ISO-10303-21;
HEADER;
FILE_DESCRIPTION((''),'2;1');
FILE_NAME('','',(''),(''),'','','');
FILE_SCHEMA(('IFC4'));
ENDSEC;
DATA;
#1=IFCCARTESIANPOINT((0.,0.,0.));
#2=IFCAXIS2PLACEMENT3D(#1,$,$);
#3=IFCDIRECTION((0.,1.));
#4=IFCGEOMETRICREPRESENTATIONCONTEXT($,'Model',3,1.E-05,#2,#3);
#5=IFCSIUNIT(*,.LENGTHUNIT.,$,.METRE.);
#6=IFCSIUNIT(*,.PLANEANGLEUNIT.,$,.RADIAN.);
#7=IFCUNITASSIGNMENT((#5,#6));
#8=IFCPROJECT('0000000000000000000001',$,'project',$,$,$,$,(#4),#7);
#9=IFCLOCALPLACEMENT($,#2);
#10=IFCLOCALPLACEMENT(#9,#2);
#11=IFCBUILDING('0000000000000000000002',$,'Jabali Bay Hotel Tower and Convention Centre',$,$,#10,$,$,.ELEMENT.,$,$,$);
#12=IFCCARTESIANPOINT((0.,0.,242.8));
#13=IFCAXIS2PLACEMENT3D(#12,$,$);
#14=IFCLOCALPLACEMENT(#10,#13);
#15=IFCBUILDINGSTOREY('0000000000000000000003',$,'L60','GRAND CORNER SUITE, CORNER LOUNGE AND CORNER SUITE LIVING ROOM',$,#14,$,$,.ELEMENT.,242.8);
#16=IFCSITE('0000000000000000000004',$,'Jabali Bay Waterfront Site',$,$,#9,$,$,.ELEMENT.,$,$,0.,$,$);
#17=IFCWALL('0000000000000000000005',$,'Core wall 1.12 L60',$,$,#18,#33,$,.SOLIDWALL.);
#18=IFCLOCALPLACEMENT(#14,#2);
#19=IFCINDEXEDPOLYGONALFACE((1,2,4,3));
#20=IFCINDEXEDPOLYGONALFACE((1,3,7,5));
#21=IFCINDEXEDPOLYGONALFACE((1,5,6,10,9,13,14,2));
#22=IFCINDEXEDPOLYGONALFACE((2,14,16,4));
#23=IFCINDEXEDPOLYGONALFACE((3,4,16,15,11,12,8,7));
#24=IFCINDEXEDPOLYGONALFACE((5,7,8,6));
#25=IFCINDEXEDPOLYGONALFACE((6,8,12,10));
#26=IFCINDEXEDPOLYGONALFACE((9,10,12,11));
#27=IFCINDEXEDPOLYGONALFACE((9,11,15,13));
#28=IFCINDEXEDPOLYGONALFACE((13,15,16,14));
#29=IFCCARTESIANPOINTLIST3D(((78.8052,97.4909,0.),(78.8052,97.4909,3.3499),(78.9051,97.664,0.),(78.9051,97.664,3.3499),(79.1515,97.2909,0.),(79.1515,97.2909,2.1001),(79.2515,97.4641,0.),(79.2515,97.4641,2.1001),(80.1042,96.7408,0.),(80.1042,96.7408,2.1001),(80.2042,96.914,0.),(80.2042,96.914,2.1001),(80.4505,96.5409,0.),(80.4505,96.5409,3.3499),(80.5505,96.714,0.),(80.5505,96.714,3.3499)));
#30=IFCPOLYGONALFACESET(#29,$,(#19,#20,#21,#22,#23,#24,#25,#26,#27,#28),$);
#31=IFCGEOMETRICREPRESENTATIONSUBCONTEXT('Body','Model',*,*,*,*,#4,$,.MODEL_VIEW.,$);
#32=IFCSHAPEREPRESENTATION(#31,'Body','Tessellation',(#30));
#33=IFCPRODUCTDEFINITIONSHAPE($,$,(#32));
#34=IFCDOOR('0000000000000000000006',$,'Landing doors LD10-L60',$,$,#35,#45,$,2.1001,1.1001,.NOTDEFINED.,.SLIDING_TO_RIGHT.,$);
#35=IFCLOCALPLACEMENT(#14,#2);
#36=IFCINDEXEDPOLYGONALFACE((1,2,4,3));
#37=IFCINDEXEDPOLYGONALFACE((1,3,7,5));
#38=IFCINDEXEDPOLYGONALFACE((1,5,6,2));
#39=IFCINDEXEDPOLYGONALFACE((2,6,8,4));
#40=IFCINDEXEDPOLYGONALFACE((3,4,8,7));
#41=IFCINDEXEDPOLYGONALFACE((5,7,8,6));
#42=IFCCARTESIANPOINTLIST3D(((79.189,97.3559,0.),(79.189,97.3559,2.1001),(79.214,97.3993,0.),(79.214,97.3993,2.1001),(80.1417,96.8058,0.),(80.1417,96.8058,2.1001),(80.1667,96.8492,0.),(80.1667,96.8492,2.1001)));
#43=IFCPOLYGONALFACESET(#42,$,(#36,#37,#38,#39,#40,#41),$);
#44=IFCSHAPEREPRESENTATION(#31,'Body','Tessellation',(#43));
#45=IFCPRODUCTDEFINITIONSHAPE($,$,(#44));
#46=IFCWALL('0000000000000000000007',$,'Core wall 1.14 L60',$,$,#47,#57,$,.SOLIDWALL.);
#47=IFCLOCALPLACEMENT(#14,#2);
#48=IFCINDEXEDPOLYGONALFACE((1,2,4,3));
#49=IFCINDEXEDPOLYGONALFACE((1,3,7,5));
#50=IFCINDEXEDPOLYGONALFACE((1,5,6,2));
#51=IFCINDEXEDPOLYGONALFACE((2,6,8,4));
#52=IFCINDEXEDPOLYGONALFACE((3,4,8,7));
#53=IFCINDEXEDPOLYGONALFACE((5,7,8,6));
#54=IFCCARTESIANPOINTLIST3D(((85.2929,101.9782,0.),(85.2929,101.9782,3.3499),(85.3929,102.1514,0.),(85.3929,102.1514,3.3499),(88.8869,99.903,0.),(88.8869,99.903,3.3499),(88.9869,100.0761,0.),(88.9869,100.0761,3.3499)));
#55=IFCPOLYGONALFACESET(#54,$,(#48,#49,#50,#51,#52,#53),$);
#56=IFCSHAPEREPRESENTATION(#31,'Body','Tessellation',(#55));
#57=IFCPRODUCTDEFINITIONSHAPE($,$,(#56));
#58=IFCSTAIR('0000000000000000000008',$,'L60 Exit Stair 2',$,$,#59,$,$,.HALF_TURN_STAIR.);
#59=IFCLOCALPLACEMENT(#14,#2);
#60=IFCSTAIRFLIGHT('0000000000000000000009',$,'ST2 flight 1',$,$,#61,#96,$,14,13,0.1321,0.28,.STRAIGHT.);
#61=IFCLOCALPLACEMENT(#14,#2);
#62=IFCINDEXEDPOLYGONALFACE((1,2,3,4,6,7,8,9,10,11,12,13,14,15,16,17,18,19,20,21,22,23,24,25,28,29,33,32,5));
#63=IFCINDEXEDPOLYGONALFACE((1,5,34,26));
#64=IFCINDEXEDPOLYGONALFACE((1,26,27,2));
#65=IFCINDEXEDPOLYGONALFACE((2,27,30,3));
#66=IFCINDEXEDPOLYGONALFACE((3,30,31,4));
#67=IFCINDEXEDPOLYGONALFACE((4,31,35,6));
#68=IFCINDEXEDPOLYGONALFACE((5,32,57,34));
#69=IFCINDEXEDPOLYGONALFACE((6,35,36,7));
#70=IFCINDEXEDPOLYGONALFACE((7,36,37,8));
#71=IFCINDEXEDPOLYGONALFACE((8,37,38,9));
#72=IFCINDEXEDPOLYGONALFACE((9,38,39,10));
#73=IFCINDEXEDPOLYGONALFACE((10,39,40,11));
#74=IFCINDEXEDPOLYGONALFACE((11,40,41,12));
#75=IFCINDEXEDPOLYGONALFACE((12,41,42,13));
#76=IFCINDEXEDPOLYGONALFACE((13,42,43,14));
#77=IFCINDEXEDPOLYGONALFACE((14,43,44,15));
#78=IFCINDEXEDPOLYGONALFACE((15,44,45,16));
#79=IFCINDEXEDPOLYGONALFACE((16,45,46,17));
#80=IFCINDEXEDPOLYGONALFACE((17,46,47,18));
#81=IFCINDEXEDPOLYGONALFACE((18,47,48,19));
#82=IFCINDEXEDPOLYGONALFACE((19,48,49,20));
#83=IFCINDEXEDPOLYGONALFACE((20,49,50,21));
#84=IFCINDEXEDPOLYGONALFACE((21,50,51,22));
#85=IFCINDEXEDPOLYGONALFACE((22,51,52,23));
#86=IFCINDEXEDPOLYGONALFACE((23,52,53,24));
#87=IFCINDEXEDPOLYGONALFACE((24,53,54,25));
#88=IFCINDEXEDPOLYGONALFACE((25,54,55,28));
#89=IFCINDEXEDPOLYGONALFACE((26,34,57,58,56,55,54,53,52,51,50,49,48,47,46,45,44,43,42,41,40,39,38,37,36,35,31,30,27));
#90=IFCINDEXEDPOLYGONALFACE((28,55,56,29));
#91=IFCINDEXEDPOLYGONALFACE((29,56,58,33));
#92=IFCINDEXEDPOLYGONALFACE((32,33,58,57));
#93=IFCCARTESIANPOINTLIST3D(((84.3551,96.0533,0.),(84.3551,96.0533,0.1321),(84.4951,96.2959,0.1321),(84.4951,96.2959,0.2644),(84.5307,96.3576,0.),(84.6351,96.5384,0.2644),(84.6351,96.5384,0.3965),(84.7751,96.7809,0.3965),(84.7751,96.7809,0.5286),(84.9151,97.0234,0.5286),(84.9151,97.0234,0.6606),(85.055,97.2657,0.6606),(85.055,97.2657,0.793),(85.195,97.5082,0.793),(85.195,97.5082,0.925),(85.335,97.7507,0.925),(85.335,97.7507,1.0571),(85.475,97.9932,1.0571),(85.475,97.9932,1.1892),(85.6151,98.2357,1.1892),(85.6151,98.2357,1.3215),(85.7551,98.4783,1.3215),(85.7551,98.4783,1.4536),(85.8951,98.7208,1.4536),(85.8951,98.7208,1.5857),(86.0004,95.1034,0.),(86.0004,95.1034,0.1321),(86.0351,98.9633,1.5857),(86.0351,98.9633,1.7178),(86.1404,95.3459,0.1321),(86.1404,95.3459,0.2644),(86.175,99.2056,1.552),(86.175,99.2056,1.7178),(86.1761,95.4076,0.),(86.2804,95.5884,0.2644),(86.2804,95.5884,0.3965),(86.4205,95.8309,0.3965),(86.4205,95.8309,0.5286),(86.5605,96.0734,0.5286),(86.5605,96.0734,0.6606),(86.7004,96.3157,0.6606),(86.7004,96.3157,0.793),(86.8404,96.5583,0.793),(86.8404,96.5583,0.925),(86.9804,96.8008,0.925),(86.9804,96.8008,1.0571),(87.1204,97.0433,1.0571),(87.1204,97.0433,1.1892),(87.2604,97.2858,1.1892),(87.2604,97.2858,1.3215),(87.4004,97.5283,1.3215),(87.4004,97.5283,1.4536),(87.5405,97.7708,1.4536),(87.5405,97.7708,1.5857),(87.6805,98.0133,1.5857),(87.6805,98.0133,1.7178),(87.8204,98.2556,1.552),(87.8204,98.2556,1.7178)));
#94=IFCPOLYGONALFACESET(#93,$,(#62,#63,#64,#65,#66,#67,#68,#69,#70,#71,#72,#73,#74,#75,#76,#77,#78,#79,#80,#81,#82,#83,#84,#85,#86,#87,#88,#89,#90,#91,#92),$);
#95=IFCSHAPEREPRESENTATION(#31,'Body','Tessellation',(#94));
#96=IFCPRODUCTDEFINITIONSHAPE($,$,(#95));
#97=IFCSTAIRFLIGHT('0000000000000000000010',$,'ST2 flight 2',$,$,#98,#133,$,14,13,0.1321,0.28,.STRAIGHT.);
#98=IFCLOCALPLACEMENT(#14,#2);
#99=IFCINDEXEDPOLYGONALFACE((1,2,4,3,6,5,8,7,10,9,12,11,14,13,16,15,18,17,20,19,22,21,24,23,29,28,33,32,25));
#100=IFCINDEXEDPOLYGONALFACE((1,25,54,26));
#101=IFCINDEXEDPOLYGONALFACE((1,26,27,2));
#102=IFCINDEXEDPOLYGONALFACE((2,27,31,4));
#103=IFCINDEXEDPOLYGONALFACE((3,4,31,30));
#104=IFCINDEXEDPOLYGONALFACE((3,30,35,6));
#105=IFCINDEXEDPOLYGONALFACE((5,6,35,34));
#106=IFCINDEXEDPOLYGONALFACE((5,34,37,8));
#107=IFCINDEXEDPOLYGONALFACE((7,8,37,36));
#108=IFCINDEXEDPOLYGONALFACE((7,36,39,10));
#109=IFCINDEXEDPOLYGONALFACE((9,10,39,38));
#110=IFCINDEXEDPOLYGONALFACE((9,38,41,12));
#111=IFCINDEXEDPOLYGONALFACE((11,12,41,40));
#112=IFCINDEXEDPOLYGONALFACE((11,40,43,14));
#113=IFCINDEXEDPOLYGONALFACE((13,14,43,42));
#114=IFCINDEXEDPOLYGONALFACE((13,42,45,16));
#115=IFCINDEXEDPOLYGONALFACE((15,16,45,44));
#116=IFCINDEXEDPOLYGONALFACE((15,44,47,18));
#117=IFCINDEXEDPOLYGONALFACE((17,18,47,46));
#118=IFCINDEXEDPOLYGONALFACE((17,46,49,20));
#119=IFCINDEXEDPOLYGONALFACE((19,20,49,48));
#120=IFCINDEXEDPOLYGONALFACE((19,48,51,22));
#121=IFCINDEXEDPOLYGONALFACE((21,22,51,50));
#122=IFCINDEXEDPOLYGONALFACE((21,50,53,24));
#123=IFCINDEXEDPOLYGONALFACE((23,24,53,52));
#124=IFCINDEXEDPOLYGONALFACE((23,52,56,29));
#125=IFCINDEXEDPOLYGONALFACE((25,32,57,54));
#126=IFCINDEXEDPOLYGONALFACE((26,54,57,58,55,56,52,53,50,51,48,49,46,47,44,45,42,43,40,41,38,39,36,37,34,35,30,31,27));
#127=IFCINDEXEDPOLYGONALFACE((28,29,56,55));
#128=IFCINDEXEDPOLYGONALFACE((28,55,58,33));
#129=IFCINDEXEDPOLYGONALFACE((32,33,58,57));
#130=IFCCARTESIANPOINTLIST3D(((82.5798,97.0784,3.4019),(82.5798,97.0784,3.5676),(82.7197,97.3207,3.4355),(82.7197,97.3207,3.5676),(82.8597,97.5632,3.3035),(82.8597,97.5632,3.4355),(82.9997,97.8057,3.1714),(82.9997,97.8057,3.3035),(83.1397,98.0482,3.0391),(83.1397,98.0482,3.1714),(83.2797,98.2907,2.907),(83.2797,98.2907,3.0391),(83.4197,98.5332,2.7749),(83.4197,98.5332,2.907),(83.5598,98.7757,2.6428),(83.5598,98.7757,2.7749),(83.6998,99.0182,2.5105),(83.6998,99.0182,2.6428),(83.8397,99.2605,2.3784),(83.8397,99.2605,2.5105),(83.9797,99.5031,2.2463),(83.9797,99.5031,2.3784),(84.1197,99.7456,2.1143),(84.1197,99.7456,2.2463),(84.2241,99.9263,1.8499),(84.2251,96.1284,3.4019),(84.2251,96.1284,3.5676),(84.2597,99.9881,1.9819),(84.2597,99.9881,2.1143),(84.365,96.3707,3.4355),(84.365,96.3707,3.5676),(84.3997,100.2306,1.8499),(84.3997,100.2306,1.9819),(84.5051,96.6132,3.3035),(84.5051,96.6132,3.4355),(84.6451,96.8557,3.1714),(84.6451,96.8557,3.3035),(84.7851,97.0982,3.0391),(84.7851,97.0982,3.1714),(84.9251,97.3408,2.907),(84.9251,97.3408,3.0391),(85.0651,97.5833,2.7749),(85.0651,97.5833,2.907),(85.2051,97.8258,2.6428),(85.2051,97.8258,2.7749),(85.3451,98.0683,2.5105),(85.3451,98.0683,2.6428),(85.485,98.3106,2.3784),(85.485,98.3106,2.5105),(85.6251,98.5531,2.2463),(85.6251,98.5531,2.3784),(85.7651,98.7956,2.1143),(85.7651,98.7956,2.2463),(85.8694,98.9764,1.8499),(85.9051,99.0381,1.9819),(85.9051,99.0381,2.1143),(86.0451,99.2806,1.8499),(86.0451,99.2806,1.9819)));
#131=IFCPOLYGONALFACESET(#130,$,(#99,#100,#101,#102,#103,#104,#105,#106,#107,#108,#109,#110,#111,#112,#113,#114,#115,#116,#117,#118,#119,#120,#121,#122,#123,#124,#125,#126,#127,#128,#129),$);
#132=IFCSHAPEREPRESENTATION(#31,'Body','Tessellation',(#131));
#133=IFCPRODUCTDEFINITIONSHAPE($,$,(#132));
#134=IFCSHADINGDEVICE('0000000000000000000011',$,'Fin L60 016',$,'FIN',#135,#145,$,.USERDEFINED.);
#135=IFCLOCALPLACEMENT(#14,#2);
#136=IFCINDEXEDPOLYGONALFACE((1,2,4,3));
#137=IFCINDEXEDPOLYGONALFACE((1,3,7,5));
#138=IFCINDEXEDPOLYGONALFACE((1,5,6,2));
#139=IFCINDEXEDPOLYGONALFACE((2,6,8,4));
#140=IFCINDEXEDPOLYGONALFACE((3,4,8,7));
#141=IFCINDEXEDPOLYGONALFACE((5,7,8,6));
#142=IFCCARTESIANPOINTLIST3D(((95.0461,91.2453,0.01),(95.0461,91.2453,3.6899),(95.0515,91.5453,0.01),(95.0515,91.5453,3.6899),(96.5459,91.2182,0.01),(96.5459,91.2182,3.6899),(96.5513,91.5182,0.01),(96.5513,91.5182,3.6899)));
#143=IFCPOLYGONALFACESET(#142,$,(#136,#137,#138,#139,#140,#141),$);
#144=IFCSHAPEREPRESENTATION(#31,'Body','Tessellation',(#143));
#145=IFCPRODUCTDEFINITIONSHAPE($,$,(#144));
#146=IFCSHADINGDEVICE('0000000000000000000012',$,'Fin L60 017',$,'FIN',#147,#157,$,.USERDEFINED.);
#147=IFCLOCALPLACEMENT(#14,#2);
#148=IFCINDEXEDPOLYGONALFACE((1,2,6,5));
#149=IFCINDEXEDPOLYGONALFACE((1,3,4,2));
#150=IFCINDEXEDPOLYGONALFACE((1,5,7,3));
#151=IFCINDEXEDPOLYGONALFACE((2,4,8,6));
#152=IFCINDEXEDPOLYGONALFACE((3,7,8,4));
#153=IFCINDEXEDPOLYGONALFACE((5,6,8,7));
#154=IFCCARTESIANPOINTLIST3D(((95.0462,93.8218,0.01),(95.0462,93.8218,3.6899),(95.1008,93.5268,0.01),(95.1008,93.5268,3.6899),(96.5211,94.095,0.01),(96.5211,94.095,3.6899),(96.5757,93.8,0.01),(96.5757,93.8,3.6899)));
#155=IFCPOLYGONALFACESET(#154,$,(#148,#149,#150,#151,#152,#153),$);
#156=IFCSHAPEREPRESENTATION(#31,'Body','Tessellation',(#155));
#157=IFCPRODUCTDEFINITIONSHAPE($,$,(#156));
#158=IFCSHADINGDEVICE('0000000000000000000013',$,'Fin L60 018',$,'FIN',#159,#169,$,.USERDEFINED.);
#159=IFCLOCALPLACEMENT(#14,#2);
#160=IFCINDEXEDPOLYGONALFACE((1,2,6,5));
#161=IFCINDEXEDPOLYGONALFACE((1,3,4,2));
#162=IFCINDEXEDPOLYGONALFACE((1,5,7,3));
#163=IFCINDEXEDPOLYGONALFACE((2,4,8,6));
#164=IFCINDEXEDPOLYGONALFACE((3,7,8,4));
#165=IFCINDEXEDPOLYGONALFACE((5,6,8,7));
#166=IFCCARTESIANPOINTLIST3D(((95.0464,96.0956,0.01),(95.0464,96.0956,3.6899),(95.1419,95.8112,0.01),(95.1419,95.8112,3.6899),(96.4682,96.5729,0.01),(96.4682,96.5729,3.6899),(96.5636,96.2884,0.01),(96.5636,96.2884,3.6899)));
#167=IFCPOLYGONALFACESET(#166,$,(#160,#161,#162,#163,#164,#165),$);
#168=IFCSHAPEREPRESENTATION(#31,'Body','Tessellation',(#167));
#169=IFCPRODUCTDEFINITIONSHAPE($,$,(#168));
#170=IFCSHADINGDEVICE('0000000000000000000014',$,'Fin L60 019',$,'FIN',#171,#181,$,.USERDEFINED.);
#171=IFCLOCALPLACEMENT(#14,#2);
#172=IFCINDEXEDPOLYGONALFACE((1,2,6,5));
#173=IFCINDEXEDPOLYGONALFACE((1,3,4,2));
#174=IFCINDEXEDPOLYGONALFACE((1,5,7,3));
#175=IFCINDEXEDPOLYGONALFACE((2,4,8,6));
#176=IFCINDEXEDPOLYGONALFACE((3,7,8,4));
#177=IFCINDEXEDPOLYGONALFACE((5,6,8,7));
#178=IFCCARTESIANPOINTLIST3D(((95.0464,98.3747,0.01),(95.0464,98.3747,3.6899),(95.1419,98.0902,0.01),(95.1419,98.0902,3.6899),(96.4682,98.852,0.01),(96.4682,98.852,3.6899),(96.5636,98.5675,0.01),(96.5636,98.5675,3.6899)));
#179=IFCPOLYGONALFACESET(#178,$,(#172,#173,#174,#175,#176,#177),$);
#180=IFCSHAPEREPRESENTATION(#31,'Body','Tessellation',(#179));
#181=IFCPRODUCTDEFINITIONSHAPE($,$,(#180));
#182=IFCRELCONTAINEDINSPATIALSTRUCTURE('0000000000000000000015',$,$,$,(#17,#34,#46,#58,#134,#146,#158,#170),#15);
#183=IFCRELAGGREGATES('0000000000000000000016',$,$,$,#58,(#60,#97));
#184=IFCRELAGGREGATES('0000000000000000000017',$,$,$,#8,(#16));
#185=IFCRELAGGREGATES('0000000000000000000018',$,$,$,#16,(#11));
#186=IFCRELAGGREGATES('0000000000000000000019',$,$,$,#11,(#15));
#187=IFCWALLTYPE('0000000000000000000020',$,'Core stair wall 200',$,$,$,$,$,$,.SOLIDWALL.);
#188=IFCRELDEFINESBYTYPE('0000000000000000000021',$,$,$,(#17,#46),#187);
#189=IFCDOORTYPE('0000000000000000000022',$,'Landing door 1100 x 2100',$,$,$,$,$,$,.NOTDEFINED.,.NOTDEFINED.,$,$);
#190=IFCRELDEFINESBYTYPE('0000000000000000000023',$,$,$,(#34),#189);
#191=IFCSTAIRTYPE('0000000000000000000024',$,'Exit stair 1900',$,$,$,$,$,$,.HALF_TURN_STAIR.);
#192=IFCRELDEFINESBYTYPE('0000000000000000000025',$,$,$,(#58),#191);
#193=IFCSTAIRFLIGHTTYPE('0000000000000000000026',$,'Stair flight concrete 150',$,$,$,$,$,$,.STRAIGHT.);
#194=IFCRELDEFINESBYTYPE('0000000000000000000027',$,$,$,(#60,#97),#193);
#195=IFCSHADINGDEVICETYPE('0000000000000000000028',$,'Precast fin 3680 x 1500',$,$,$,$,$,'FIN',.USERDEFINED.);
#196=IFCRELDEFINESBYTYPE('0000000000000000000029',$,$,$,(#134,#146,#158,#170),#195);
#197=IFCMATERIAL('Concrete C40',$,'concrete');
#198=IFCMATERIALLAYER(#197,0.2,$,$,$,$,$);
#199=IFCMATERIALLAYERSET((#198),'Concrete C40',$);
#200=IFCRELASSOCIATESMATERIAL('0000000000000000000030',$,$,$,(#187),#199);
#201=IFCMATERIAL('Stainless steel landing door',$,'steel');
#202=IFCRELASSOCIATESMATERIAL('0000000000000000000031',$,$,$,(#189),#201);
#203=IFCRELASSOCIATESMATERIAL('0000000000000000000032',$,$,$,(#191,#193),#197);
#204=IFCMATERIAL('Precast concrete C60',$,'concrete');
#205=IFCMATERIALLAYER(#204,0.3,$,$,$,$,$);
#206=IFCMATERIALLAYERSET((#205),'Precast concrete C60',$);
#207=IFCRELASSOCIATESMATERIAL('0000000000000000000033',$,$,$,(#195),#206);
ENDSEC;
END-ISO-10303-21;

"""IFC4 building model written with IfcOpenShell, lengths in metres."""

from ifc_helpers import new_model, si_unit, direction, frame, frame_2d, origin, place, context, subcontext, project, spatial, polyline, rectangle, outline, extrude, material, layer, layer_set, type_object, element, fill, aggregate, save


model = new_model("IFC4")

# Units and contexts
model_context = context("Model", 3, precision=1e-05, world=origin(), true_north=direction((0.0, 1.0)))
body_context = subcontext(model_context, "Body", "Model", "MODEL_VIEW")
ifc_project = project(units=[si_unit("LENGTHUNIT", "METRE"), si_unit("PLANEANGLEUNIT", "RADIAN")], contexts=[model_context])

# Site, building, storey
site_placement = place(None, origin())
site = spatial("IfcSite", under=ifc_project, at=site_placement, Name="Jabali Bay Waterfront Site", CompositionType="ELEMENT", RefElevation=0.0)
building_placement = place(site_placement, origin())
building = spatial("IfcBuilding", under=site, at=building_placement, Name="Jabali Bay Hotel Tower and Convention Centre", CompositionType="ELEMENT")
storey_placement = place(building_placement, frame((0.0, 0.0, 242.8)))
storey = spatial("IfcBuildingStorey", under=building, at=storey_placement, Name="L60", Description="GRAND CORNER SUITE, CORNER LOUNGE AND CORNER SUITE LIVING ROOM", CompositionType="ELEMENT", Elevation=242.8)

# Shared definitions
ifc_material_1 = material(Name="Concrete C40", Category="concrete")
ifc_layer_1 = layer(ifc_material_1, 0.2)
ifc_layer_set_1 = layer_set([ifc_layer_1], Name="Concrete C40")
wall_type_1 = type_object("IfcWallType", Name="Core stair wall 200", PredefinedType="SOLIDWALL", material=ifc_layer_set_1)

# Wall, opening, door
wall_1_placement = place(storey_placement, frame((80.5005, 96.6274, 0.0), z_axis=(0.0, 0.0, 1.0), x_axis=(-0.866012, 0.500023, 0.0)))
wall_1 = element("IfcWall", 1, at=wall_1_placement, inside=storey, type_object=wall_type_1, Name="Core wall 1.12 L60", PredefinedType="SOLIDWALL", context=body_context, shape_type="SweptSolid", body=[
    extrude(rectangle(XDim=1.8999, YDim=0.2, at=frame_2d((0.95, 0.0))), origin(), (0.0, 0.0, 1.0), 3.3499),
])
opening_1_placement = place(wall_1_placement, frame((0.3999, 0.0, 0.0)))
opening_1 = element("IfcOpeningElement", 2, at=opening_1_placement, cuts=wall_1, PredefinedType="OPENING", context=body_context, shape_type="SweptSolid", body=[
    extrude(rectangle(XDim=1.1001, YDim=2.1001, at=frame_2d((0.55, 1.05))), frame((0.0, 0.1104, 0.0), z_axis=(0.0, -1.0, 0.0), x_axis=(1.0, 0.0, 0.0)), (0.0, 0.0, 1.0), 0.2209),
])
ifc_material_2 = material(Name="Stainless steel landing door", Category="steel")
door_type_1 = type_object("IfcDoorType", Name="Landing door 1100 x 2100", OperationType="NOTDEFINED", PredefinedType="NOTDEFINED", material=ifc_material_2)
door_1_placement = place(opening_1_placement, origin())
door_1 = element("IfcDoor", 3, at=door_1_placement, inside=storey, type_object=door_type_1, Name="Landing doors LD10-L60", OperationType="SLIDING_TO_RIGHT", OverallHeight=2.1001, OverallWidth=1.1001, PredefinedType="NOTDEFINED", context=body_context, shape_type="SweptSolid", body=[
    extrude(rectangle(XDim=1.1001, YDim=2.1001, at=frame_2d((0.55, 1.05))), frame((0.0, 0.0249, 0.0), z_axis=(0.0, -1.0, 0.0), x_axis=(1.0, 0.0, 0.0)), (0.0, 0.0, 1.0), 0.05),
])
fill(opening_1, door_1)

# Wall
wall_2_placement = place(storey_placement, frame((88.937, 99.9895, 0.0), z_axis=(0.0, 0.0, 1.0), x_axis=(-0.866004, 0.500036, 0.0)))
element("IfcWall", 4, at=wall_2_placement, inside=storey, type_object=wall_type_1, Name="Core wall 1.14 L60", PredefinedType="SOLIDWALL", context=body_context, shape_type="SweptSolid", body=[
    extrude(rectangle(XDim=4.1501, YDim=0.2, at=frame_2d((2.0752, 0.0))), origin(), (0.0, 0.0, 1.0), 3.3499),
])

# Stair, stair flights
stair_type = type_object("IfcStairType", Name="Exit stair 1900", PredefinedType="HALF_TURN_STAIR", material=ifc_material_1)
stair_placement = place(storey_placement, origin())
stair = element("IfcStair", 5, at=stair_placement, inside=storey, type_object=stair_type, Name="L60 Exit Stair 2", PredefinedType="HALF_TURN_STAIR")
stair_flight_type = type_object("IfcStairFlightType", Name="Stair flight concrete 150", PredefinedType="STRAIGHT", material=ifc_material_1)
stair_flight_1_placement = place(storey_placement, frame((85.1777, 95.5784, 0.0), z_axis=(0.0, 0.0, 1.0), x_axis=(0.5, 0.866025, 0.0)))
stair_flight_1 = element("IfcStairFlight", 6, at=stair_flight_1_placement, type_object=stair_flight_type, Name="ST2 flight 1", NumberOfRisers=14, NumberOfTreads=13, PredefinedType="STRAIGHT", RiserHeight=0.1321, TreadLength=0.28, context=body_context, shape_type="SweptSolid", body=[
    extrude(outline(polyline([(0.0, 0.0), (0.0, 0.1321), (0.28, 0.1321), (0.28, 0.2644), (0.5601, 0.2644), (0.5601, 0.3965), (0.8401, 0.3965), (0.8401, 0.5286), (1.1201, 0.5286), (1.1201, 0.6606), (1.3999, 0.6606), (1.3999, 0.793), (1.6799, 0.793), (1.6799, 0.925), (1.96, 0.925), (1.96, 1.0571), (2.24, 1.0571), (2.24, 1.1892), (2.52, 1.1892), (2.52, 1.3215), (2.8, 1.3215), (2.8, 1.4536), (3.0801, 1.4536), (3.0801, 1.5857), (3.3601, 1.5857), (3.3601, 1.7178), (3.6399, 1.7178), (3.6399, 1.8501), (3.6399, 1.552), (0.3513, 0.0), (0.0, 0.0)])), frame((0.0, 0.95, 0.0), z_axis=(0.0, -1.0, 0.0), x_axis=(1.0, 0.0, 0.0)), (0.0, 0.0, 1.0), 1.8999),
])
stair_flight_2_placement = place(storey_placement, frame((85.2224, 99.7556, 1.8499), z_axis=(0.0, 0.0, 1.0), x_axis=(-0.5, -0.866025, 0.0)))
stair_flight_2 = element("IfcStairFlight", 7, at=stair_flight_2_placement, type_object=stair_flight_type, Name="ST2 flight 2", NumberOfRisers=14, NumberOfTreads=13, PredefinedType="STRAIGHT", RiserHeight=0.1321, TreadLength=0.28, context=body_context, shape_type="SweptSolid", body=[
    extrude(outline(polyline([(0.0, 0.0), (0.0, 0.1321), (0.28, 0.1321), (0.28, 0.2644), (0.5601, 0.2644), (0.5601, 0.3965), (0.8401, 0.3965), (0.8401, 0.5286), (1.1201, 0.5286), (1.1201, 0.6606), (1.3999, 0.6606), (1.3999, 0.793), (1.6799, 0.793), (1.6799, 0.925), (1.96, 0.925), (1.96, 1.0571), (2.24, 1.0571), (2.24, 1.1892), (2.52, 1.1892), (2.52, 1.3215), (2.8, 1.3215), (2.8, 1.4536), (3.0801, 1.4536), (3.0801, 1.5857), (3.3601, 1.5857), (3.3601, 1.7178), (3.6399, 1.7178), (3.6399, 1.8501), (3.6399, 1.552), (0.3513, 0.0), (0.0, 0.0)])), frame((0.0, 0.95, 0.0), z_axis=(0.0, -1.0, 0.0), x_axis=(1.0, 0.0, 0.0)), (0.0, 0.0, 1.0), 1.8999),
])
aggregate(stair, [stair_flight_1, stair_flight_2])

# Shading devices
ifc_material_3 = material(Name="Precast concrete C60", Category="concrete")
ifc_layer_2 = layer(ifc_material_3, 0.3)
ifc_layer_set_2 = layer_set([ifc_layer_2], Name="Precast concrete C60")
shading_device_type = type_object("IfcShadingDeviceType", Name="Precast fin 3680 x 1500", ElementType="FIN", PredefinedType="USERDEFINED", material=ifc_layer_set_2)
for number, where, z_axis, x_axis, name in (
    (8, (95.0488, 91.3953, 0.01), (0.0, 0.0, 1.0), (0.999837, -0.018066, 0.0), "Fin L60 016"),
    (9, (95.0735, 93.6743, 0.01), (0.0, 0.0, 1.0), (0.983273, 0.182136, 0.0), "Fin L60 017"),
):
    element("IfcShadingDevice", number, at=place(storey_placement, frame(where, z_axis=z_axis, x_axis=x_axis)), inside=storey, type_object=shading_device_type, Name=name, ObjectType="FIN", PredefinedType="USERDEFINED", context=body_context, shape_type="SweptSolid", body=[
        extrude(rectangle(XDim=1.5, YDim=0.3, at=frame_2d((0.75, 0.0))), origin(), (0.0, 0.0, 1.0), 3.6799),
    ])
for number, where, z_axis, x_axis, name in (
    (10, (95.094, 95.9534, 0.01), (0.0, 0.0, 1.0), (0.948014, 0.318229, 0.0), "Fin L60 018"),
    (11, (95.094, 98.2324, 0.01), (0.0, 0.0, 1.0), (0.948014, 0.318229, 0.0), "Fin L60 019"),
):
    element("IfcShadingDevice", number, at=place(storey_placement, frame(where, z_axis=z_axis, x_axis=x_axis)), inside=storey, type_object=shading_device_type, Name=name, ObjectType="FIN", PredefinedType="USERDEFINED", context=body_context, shape_type="SweptSolid", body=[
        extrude(rectangle(XDim=1.4998, YDim=0.3, at=frame_2d((0.75, 0.0))), origin(), (0.0, 0.0, 1.0), 3.6799),
    ])

save(model, "model.ifc")
